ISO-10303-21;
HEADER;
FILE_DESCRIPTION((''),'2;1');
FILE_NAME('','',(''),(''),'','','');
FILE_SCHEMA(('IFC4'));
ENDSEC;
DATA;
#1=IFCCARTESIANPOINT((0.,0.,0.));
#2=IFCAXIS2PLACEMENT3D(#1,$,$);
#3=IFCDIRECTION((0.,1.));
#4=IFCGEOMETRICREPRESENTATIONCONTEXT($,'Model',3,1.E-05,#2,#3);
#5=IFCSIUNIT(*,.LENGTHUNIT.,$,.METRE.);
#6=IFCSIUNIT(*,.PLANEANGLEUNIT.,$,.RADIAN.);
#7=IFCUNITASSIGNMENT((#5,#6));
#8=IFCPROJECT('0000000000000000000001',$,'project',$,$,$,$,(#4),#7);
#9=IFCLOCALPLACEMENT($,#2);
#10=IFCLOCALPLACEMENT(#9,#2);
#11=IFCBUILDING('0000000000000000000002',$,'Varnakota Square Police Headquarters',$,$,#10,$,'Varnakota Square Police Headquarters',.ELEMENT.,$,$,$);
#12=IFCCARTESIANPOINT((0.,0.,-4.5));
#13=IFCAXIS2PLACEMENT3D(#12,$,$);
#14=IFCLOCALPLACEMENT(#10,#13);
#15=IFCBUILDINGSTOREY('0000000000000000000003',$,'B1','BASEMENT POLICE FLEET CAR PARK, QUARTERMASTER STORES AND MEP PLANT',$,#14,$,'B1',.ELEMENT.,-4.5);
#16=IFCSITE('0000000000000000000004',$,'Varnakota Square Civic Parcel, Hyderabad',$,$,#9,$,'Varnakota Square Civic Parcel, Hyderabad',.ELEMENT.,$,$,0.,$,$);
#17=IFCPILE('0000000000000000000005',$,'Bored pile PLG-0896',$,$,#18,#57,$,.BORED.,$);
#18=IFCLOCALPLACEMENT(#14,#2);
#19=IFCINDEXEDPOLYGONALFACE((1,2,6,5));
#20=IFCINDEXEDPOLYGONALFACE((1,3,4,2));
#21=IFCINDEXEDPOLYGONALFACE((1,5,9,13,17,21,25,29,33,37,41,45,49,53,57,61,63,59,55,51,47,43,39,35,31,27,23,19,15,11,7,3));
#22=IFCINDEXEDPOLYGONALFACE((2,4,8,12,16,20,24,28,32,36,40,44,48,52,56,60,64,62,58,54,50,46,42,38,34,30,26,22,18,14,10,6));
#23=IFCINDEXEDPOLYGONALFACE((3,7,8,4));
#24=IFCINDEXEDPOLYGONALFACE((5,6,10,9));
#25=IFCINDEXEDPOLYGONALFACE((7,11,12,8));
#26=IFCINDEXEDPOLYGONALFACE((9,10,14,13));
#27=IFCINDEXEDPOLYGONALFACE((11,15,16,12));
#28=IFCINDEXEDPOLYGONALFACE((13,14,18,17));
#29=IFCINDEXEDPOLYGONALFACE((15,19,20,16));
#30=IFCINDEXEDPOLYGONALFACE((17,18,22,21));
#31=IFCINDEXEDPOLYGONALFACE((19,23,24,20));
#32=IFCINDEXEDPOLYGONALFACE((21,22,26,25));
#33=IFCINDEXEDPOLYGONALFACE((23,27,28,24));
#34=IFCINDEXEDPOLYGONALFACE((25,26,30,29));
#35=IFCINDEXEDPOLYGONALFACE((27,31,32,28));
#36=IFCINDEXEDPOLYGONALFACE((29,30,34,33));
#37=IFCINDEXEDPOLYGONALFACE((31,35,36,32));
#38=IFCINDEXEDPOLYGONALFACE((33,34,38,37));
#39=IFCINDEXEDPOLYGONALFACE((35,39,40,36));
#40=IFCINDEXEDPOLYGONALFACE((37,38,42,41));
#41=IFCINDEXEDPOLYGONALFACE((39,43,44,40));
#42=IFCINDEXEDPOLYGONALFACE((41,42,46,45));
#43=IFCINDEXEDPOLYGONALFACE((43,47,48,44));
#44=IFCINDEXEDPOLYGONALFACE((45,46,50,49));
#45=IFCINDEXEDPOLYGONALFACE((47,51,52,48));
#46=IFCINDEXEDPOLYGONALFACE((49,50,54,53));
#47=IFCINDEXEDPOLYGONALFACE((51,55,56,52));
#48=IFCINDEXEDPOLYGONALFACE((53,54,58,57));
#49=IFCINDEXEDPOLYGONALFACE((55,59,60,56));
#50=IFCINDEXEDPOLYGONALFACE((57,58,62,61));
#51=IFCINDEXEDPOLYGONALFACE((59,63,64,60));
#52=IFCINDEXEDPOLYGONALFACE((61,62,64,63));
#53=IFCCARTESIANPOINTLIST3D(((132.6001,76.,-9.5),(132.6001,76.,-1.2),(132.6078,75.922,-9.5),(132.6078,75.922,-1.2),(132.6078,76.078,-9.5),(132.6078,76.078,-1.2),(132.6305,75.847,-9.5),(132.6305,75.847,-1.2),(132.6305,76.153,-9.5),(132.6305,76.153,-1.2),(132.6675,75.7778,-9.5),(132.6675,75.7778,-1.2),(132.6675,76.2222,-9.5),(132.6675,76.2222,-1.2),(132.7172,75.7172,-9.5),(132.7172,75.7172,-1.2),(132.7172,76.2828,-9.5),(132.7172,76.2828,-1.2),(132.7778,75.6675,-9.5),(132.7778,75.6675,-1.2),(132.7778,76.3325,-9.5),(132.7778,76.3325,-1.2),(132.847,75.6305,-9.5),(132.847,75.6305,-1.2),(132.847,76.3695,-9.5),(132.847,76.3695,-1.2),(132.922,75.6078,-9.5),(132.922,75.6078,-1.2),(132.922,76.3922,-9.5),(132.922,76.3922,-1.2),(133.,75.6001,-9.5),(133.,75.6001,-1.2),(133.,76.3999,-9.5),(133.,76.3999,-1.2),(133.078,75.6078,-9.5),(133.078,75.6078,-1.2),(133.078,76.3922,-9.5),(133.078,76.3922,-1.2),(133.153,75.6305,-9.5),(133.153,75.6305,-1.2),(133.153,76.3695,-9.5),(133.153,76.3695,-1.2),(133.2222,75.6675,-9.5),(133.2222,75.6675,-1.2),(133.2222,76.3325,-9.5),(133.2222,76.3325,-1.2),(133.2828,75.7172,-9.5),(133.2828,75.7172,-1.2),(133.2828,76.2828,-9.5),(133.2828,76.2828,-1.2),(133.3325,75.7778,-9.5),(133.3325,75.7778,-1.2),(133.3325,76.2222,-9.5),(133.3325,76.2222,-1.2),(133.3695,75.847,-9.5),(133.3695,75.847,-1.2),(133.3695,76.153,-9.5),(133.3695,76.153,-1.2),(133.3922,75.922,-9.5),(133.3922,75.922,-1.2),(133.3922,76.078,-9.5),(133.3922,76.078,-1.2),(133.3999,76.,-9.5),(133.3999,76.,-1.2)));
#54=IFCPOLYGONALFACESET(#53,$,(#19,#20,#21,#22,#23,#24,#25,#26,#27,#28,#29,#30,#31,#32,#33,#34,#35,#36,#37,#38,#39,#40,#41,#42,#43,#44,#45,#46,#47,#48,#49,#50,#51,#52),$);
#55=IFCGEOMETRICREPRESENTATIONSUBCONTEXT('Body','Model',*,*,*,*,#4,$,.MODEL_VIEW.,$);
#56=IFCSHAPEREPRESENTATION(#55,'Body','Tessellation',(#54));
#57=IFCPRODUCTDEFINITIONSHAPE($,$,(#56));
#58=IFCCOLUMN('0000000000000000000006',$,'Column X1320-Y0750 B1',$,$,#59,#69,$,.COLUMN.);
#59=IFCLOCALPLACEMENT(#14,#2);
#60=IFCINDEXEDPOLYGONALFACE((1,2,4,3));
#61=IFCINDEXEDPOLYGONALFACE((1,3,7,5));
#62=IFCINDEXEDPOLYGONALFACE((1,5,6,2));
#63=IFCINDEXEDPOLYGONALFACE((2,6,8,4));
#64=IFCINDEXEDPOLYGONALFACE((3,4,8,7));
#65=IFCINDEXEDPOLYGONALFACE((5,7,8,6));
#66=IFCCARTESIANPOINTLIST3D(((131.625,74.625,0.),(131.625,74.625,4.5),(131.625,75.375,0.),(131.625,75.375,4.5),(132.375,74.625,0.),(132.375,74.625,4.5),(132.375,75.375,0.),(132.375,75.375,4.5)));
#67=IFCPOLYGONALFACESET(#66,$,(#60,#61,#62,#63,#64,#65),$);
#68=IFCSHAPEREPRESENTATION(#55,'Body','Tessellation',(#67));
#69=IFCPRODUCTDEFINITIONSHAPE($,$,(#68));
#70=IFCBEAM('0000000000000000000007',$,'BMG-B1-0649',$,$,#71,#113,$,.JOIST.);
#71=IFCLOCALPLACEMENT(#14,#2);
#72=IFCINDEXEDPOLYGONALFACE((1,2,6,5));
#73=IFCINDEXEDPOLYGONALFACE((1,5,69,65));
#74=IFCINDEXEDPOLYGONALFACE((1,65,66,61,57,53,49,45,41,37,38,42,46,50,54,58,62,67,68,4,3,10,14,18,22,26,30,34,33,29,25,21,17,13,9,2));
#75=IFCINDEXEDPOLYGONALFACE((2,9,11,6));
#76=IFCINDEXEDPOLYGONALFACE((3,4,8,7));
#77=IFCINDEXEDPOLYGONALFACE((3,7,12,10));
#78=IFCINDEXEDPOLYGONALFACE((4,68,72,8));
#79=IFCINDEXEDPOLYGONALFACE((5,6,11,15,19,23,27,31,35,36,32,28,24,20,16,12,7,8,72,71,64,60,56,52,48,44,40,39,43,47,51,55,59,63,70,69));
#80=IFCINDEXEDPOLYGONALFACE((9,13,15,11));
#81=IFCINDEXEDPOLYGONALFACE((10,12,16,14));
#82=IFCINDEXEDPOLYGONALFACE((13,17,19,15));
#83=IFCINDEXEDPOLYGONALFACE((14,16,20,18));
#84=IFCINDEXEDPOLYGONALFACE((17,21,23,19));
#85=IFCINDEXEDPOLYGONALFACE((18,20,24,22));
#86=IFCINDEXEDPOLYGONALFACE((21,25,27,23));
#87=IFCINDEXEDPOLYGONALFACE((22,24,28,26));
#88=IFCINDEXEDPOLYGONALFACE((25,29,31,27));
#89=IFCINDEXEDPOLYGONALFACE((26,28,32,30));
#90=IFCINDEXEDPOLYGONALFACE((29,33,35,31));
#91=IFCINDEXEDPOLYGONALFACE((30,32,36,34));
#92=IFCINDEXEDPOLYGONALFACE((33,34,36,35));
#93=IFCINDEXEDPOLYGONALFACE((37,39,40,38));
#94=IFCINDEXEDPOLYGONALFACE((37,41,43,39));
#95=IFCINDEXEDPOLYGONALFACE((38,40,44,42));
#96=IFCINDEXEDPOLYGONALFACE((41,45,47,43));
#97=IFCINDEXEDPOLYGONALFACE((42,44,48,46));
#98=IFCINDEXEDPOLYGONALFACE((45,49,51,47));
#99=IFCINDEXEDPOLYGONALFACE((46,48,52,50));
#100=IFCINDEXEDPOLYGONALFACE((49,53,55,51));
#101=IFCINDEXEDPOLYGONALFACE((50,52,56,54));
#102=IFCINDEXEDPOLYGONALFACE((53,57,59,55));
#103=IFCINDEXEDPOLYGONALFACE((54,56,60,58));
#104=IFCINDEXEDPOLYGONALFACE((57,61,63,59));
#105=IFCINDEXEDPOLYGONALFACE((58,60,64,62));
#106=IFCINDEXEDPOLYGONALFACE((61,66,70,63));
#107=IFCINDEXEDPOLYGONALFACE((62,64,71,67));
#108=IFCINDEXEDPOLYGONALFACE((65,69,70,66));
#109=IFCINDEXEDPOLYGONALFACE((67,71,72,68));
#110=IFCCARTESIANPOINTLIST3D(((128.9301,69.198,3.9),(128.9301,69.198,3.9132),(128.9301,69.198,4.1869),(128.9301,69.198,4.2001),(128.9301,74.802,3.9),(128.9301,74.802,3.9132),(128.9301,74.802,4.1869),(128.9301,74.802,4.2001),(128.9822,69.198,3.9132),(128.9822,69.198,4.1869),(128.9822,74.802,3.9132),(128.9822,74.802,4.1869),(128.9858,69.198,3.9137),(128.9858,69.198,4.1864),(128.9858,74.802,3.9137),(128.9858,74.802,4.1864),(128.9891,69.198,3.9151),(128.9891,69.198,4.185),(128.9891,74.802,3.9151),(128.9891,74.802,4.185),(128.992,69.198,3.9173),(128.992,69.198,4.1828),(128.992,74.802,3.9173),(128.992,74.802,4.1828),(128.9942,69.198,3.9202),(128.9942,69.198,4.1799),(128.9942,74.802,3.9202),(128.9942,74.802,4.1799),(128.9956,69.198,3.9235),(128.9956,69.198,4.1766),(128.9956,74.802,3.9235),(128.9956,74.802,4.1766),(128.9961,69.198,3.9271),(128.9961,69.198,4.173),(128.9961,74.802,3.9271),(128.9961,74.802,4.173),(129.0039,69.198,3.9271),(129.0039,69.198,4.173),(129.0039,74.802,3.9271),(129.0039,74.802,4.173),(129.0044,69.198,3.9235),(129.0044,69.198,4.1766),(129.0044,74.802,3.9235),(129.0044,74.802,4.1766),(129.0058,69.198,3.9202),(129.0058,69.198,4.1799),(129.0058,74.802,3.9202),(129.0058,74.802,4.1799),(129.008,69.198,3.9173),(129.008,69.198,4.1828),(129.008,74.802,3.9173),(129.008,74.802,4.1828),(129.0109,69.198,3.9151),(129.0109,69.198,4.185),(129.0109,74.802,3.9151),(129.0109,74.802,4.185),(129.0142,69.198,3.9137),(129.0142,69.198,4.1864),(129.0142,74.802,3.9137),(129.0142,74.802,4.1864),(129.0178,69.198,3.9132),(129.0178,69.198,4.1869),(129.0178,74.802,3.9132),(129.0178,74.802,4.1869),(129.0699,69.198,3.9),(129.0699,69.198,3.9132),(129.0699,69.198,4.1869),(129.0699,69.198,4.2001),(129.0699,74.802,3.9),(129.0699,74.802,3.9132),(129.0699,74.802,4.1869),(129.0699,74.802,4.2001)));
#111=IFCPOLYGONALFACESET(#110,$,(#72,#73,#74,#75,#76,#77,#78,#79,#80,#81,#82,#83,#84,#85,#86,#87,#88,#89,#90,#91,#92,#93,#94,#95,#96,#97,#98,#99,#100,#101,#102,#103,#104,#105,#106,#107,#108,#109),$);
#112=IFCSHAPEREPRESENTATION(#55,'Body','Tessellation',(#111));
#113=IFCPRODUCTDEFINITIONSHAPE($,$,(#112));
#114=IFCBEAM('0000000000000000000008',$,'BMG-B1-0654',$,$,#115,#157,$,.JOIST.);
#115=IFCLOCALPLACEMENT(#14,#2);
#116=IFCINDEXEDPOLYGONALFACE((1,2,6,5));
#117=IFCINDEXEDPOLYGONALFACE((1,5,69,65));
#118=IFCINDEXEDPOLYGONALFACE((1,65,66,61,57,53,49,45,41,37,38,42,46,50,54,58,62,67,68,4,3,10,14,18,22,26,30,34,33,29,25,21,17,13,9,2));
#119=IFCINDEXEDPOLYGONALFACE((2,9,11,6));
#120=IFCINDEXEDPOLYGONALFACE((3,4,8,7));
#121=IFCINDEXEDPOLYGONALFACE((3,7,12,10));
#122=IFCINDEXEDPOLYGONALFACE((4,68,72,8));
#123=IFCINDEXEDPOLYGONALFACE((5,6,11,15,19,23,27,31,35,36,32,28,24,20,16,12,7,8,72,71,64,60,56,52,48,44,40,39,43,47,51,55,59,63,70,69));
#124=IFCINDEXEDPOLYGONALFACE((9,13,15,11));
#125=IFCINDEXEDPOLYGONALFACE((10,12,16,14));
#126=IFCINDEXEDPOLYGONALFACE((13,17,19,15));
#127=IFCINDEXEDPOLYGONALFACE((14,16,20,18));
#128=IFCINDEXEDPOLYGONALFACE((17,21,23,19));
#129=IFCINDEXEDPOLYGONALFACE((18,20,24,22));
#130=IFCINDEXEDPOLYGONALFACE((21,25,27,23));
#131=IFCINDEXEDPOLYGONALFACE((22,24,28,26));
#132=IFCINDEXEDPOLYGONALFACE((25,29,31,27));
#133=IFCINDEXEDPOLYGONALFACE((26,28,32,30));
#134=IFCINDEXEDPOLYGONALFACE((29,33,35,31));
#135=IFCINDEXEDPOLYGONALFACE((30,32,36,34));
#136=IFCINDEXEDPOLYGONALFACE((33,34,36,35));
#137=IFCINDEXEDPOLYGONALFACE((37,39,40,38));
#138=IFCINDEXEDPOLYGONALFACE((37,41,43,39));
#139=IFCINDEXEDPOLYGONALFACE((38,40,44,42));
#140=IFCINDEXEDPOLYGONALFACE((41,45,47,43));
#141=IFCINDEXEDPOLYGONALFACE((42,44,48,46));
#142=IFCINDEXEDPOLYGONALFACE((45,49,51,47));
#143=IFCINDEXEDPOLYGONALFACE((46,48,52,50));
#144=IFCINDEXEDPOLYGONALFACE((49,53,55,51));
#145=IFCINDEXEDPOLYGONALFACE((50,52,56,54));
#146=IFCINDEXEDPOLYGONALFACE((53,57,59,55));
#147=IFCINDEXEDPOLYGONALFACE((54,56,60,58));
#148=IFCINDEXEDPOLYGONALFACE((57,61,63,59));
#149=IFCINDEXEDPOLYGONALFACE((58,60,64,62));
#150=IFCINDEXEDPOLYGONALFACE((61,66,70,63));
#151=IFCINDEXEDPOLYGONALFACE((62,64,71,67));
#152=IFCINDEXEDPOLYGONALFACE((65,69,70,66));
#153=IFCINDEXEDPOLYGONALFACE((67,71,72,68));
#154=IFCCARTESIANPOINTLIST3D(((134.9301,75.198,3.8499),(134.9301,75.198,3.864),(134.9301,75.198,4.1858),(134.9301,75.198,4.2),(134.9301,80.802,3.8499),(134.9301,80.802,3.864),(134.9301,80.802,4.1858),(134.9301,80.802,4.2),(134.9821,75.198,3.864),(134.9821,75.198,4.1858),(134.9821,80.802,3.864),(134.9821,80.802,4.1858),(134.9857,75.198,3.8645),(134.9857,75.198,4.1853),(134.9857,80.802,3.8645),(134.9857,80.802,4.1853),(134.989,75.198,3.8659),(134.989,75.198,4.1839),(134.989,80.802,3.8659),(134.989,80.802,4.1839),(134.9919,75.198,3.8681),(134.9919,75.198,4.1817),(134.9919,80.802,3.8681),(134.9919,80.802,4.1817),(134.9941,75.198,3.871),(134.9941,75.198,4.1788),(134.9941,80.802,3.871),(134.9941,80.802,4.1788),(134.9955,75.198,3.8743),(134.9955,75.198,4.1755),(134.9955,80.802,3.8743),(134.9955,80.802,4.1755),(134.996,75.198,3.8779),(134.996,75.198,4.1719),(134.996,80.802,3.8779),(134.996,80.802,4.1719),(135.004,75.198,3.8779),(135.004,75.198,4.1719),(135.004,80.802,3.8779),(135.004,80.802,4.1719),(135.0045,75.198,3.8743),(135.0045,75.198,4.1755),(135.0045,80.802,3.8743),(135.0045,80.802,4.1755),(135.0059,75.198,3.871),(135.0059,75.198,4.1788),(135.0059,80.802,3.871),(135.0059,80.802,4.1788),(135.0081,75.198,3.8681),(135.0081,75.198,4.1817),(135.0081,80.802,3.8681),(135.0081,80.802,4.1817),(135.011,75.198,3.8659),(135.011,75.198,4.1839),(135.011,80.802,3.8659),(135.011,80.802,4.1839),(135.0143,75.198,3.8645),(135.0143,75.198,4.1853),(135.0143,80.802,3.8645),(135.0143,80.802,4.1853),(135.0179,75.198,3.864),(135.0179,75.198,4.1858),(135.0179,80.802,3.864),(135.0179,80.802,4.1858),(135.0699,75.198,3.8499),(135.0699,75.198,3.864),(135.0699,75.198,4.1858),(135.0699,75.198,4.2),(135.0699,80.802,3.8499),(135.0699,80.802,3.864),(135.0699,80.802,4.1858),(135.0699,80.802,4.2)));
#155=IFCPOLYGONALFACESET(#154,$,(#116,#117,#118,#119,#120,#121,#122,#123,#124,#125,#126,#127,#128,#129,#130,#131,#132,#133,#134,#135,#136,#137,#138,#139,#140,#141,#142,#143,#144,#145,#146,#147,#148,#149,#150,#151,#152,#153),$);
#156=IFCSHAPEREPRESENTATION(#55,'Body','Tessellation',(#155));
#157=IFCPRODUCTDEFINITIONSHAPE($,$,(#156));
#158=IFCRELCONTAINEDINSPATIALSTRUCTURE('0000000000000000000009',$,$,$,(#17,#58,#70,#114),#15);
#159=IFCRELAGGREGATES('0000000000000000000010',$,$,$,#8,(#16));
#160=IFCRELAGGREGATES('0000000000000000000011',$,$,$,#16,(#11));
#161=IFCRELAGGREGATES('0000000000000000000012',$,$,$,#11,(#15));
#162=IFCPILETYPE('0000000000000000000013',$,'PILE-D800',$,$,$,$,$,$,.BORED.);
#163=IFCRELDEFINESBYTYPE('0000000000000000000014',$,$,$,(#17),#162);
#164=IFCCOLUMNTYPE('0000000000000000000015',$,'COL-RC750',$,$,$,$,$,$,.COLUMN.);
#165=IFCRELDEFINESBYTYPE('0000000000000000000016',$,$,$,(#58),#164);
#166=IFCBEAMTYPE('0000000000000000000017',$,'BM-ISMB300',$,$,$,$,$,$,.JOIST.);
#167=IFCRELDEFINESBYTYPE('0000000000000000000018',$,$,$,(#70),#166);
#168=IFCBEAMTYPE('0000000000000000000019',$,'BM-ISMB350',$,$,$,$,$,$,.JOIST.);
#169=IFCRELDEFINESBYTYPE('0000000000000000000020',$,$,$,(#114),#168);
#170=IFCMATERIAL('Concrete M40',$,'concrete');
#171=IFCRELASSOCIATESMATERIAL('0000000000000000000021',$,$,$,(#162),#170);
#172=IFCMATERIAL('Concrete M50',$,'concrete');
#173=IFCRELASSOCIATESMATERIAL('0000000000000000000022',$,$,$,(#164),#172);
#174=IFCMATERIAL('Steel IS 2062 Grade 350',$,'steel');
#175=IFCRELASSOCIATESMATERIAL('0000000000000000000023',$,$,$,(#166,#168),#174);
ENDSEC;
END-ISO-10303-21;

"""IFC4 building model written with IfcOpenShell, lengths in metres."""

from ifc_helpers import new_model, si_unit, direction, frame, origin, origin_2d, place, context, subcontext, project, spatial, rectangle, circle, i_section, extrude, material, material_profile, profile_set, type_object, element, save


model = new_model("IFC4")

# Units and contexts
model_context = context("Model", 3, precision=1e-05, world=origin(), true_north=direction((0.0, 1.0)))
body_context = subcontext(model_context, "Body", "Model", "MODEL_VIEW")
ifc_project = project(units=[si_unit("LENGTHUNIT", "METRE"), si_unit("PLANEANGLEUNIT", "RADIAN")], contexts=[model_context])

# Site, building, storey
site_placement = place(None, origin())
site = spatial("IfcSite", under=ifc_project, at=site_placement, Name="Varnakota Square Civic Parcel, Hyderabad", LongName="Varnakota Square Civic Parcel, Hyderabad", CompositionType="ELEMENT", RefElevation=0.0)
building_placement = place(site_placement, origin())
building = spatial("IfcBuilding", under=site, at=building_placement, Name="Varnakota Square Police Headquarters", LongName="Varnakota Square Police Headquarters", CompositionType="ELEMENT")
storey_placement = place(building_placement, frame((0.0, 0.0, -4.5)))
storey = spatial("IfcBuildingStorey", under=building, at=storey_placement, Name="B1", Description="BASEMENT POLICE FLEET CAR PARK, QUARTERMASTER STORES AND MEP PLANT", LongName="B1", CompositionType="ELEMENT", Elevation=-4.5)

# Shared definitions
ifc_material_1 = material(Name="Concrete M40", Category="concrete")

# Pile
ifc_material_profile_1 = material_profile(ifc_material_1, circle(Radius=0.3999, at=origin_2d()), Name="BORED PILE 800")
ifc_profile_set_1 = profile_set([ifc_material_profile_1], Name="Concrete M40")
pile_type = type_object("IfcPileType", Name="PILE-D800", PredefinedType="BORED", material=ifc_profile_set_1)
for number, where, z_axis, x_axis, name in (
    (1, (133.0, 76.0, -1.2), (0.0, 0.0, -1.0), (1.0, 0.0, 0.0), "Bored pile PLG-0896"),
):
    element("IfcPile", number, at=place(storey_placement, frame(where, z_axis=z_axis, x_axis=x_axis)), inside=storey, type_object=pile_type, Name=name, PredefinedType="BORED", context=body_context, shape_type="SweptSolid", body=[
        extrude(circle(Radius=0.3999, at=origin_2d()), origin(), (0.0, 0.0, 1.0), 8.3),
    ])

# Column
ifc_material_2 = material(Name="Concrete M50", Category="concrete")
ifc_material_profile_2 = material_profile(ifc_material_2, rectangle(XDim=0.75, YDim=0.75, at=origin_2d()), Name="RC 750x750")
ifc_profile_set_2 = profile_set([ifc_material_profile_2], Name="Concrete M50")
column_type = type_object("IfcColumnType", Name="COL-RC750", PredefinedType="COLUMN", material=ifc_profile_set_2)
column_placement = place(storey_placement, frame((132.0, 75.0, 0.0), z_axis=(0.0, 0.0, 1.0), x_axis=(1.0, 0.0, 0.0)))
element("IfcColumn", 2, at=column_placement, inside=storey, type_object=column_type, Name="Column X1320-Y0750 B1", PredefinedType="COLUMN", context=body_context, shape_type="SweptSolid", body=[
    extrude(rectangle(XDim=0.75, YDim=0.75, at=origin_2d()), origin(), (0.0, 0.0, 1.0), 4.5),
])

# Beams
ifc_material_3 = material(Name="Steel IS 2062 Grade 350", Category="steel")
ifc_material_profile_3 = material_profile(ifc_material_3, i_section(OverallWidth=0.1399, OverallDepth=0.3, WebThickness=0.0078, FlangeThickness=0.0132, FilletRadius=0.0139, at=origin_2d()), Name="ISMB 300")
ifc_profile_set_3 = profile_set([ifc_material_profile_3], Name="Steel IS 2062 Grade 350")
beam_type_1 = type_object("IfcBeamType", Name="BM-ISMB300", PredefinedType="JOIST", material=ifc_profile_set_3)
beam_1_placement = place(storey_placement, frame((129.0, 69.198, 4.05), z_axis=(0.0, 1.0, 0.0), x_axis=(-1.0, 0.0, 0.0)))
element("IfcBeam", 3, at=beam_1_placement, inside=storey, type_object=beam_type_1, Name="BMG-B1-0649", PredefinedType="JOIST", context=body_context, shape_type="SweptSolid", body=[
    extrude(i_section(OverallWidth=0.1399, OverallDepth=0.3, WebThickness=0.0078, FlangeThickness=0.0132, FilletRadius=0.0139, at=origin_2d()), origin(), (0.0, 0.0, 1.0), 5.604),
])
ifc_material_profile_4 = material_profile(ifc_material_3, i_section(OverallWidth=0.1399, OverallDepth=0.3501, WebThickness=0.0081, FlangeThickness=0.0142, FilletRadius=0.0139, at=origin_2d()), Name="ISMB 350")
ifc_profile_set_4 = profile_set([ifc_material_profile_4], Name="Steel IS 2062 Grade 350")
beam_type_2 = type_object("IfcBeamType", Name="BM-ISMB350", PredefinedType="JOIST", material=ifc_profile_set_4)
beam_2_placement = place(storey_placement, frame((135.0, 75.198, 4.0249), z_axis=(0.0, 1.0, 0.0), x_axis=(-1.0, 0.0, 0.0)))
element("IfcBeam", 4, at=beam_2_placement, inside=storey, type_object=beam_type_2, Name="BMG-B1-0654", PredefinedType="JOIST", context=body_context, shape_type="SweptSolid", body=[
    extrude(i_section(OverallWidth=0.1399, OverallDepth=0.3501, WebThickness=0.0081, FlangeThickness=0.0142, FilletRadius=0.0139, at=origin_2d()), origin(), (0.0, 0.0, 1.0), 5.604),
])

save(model, "model.ifc")
